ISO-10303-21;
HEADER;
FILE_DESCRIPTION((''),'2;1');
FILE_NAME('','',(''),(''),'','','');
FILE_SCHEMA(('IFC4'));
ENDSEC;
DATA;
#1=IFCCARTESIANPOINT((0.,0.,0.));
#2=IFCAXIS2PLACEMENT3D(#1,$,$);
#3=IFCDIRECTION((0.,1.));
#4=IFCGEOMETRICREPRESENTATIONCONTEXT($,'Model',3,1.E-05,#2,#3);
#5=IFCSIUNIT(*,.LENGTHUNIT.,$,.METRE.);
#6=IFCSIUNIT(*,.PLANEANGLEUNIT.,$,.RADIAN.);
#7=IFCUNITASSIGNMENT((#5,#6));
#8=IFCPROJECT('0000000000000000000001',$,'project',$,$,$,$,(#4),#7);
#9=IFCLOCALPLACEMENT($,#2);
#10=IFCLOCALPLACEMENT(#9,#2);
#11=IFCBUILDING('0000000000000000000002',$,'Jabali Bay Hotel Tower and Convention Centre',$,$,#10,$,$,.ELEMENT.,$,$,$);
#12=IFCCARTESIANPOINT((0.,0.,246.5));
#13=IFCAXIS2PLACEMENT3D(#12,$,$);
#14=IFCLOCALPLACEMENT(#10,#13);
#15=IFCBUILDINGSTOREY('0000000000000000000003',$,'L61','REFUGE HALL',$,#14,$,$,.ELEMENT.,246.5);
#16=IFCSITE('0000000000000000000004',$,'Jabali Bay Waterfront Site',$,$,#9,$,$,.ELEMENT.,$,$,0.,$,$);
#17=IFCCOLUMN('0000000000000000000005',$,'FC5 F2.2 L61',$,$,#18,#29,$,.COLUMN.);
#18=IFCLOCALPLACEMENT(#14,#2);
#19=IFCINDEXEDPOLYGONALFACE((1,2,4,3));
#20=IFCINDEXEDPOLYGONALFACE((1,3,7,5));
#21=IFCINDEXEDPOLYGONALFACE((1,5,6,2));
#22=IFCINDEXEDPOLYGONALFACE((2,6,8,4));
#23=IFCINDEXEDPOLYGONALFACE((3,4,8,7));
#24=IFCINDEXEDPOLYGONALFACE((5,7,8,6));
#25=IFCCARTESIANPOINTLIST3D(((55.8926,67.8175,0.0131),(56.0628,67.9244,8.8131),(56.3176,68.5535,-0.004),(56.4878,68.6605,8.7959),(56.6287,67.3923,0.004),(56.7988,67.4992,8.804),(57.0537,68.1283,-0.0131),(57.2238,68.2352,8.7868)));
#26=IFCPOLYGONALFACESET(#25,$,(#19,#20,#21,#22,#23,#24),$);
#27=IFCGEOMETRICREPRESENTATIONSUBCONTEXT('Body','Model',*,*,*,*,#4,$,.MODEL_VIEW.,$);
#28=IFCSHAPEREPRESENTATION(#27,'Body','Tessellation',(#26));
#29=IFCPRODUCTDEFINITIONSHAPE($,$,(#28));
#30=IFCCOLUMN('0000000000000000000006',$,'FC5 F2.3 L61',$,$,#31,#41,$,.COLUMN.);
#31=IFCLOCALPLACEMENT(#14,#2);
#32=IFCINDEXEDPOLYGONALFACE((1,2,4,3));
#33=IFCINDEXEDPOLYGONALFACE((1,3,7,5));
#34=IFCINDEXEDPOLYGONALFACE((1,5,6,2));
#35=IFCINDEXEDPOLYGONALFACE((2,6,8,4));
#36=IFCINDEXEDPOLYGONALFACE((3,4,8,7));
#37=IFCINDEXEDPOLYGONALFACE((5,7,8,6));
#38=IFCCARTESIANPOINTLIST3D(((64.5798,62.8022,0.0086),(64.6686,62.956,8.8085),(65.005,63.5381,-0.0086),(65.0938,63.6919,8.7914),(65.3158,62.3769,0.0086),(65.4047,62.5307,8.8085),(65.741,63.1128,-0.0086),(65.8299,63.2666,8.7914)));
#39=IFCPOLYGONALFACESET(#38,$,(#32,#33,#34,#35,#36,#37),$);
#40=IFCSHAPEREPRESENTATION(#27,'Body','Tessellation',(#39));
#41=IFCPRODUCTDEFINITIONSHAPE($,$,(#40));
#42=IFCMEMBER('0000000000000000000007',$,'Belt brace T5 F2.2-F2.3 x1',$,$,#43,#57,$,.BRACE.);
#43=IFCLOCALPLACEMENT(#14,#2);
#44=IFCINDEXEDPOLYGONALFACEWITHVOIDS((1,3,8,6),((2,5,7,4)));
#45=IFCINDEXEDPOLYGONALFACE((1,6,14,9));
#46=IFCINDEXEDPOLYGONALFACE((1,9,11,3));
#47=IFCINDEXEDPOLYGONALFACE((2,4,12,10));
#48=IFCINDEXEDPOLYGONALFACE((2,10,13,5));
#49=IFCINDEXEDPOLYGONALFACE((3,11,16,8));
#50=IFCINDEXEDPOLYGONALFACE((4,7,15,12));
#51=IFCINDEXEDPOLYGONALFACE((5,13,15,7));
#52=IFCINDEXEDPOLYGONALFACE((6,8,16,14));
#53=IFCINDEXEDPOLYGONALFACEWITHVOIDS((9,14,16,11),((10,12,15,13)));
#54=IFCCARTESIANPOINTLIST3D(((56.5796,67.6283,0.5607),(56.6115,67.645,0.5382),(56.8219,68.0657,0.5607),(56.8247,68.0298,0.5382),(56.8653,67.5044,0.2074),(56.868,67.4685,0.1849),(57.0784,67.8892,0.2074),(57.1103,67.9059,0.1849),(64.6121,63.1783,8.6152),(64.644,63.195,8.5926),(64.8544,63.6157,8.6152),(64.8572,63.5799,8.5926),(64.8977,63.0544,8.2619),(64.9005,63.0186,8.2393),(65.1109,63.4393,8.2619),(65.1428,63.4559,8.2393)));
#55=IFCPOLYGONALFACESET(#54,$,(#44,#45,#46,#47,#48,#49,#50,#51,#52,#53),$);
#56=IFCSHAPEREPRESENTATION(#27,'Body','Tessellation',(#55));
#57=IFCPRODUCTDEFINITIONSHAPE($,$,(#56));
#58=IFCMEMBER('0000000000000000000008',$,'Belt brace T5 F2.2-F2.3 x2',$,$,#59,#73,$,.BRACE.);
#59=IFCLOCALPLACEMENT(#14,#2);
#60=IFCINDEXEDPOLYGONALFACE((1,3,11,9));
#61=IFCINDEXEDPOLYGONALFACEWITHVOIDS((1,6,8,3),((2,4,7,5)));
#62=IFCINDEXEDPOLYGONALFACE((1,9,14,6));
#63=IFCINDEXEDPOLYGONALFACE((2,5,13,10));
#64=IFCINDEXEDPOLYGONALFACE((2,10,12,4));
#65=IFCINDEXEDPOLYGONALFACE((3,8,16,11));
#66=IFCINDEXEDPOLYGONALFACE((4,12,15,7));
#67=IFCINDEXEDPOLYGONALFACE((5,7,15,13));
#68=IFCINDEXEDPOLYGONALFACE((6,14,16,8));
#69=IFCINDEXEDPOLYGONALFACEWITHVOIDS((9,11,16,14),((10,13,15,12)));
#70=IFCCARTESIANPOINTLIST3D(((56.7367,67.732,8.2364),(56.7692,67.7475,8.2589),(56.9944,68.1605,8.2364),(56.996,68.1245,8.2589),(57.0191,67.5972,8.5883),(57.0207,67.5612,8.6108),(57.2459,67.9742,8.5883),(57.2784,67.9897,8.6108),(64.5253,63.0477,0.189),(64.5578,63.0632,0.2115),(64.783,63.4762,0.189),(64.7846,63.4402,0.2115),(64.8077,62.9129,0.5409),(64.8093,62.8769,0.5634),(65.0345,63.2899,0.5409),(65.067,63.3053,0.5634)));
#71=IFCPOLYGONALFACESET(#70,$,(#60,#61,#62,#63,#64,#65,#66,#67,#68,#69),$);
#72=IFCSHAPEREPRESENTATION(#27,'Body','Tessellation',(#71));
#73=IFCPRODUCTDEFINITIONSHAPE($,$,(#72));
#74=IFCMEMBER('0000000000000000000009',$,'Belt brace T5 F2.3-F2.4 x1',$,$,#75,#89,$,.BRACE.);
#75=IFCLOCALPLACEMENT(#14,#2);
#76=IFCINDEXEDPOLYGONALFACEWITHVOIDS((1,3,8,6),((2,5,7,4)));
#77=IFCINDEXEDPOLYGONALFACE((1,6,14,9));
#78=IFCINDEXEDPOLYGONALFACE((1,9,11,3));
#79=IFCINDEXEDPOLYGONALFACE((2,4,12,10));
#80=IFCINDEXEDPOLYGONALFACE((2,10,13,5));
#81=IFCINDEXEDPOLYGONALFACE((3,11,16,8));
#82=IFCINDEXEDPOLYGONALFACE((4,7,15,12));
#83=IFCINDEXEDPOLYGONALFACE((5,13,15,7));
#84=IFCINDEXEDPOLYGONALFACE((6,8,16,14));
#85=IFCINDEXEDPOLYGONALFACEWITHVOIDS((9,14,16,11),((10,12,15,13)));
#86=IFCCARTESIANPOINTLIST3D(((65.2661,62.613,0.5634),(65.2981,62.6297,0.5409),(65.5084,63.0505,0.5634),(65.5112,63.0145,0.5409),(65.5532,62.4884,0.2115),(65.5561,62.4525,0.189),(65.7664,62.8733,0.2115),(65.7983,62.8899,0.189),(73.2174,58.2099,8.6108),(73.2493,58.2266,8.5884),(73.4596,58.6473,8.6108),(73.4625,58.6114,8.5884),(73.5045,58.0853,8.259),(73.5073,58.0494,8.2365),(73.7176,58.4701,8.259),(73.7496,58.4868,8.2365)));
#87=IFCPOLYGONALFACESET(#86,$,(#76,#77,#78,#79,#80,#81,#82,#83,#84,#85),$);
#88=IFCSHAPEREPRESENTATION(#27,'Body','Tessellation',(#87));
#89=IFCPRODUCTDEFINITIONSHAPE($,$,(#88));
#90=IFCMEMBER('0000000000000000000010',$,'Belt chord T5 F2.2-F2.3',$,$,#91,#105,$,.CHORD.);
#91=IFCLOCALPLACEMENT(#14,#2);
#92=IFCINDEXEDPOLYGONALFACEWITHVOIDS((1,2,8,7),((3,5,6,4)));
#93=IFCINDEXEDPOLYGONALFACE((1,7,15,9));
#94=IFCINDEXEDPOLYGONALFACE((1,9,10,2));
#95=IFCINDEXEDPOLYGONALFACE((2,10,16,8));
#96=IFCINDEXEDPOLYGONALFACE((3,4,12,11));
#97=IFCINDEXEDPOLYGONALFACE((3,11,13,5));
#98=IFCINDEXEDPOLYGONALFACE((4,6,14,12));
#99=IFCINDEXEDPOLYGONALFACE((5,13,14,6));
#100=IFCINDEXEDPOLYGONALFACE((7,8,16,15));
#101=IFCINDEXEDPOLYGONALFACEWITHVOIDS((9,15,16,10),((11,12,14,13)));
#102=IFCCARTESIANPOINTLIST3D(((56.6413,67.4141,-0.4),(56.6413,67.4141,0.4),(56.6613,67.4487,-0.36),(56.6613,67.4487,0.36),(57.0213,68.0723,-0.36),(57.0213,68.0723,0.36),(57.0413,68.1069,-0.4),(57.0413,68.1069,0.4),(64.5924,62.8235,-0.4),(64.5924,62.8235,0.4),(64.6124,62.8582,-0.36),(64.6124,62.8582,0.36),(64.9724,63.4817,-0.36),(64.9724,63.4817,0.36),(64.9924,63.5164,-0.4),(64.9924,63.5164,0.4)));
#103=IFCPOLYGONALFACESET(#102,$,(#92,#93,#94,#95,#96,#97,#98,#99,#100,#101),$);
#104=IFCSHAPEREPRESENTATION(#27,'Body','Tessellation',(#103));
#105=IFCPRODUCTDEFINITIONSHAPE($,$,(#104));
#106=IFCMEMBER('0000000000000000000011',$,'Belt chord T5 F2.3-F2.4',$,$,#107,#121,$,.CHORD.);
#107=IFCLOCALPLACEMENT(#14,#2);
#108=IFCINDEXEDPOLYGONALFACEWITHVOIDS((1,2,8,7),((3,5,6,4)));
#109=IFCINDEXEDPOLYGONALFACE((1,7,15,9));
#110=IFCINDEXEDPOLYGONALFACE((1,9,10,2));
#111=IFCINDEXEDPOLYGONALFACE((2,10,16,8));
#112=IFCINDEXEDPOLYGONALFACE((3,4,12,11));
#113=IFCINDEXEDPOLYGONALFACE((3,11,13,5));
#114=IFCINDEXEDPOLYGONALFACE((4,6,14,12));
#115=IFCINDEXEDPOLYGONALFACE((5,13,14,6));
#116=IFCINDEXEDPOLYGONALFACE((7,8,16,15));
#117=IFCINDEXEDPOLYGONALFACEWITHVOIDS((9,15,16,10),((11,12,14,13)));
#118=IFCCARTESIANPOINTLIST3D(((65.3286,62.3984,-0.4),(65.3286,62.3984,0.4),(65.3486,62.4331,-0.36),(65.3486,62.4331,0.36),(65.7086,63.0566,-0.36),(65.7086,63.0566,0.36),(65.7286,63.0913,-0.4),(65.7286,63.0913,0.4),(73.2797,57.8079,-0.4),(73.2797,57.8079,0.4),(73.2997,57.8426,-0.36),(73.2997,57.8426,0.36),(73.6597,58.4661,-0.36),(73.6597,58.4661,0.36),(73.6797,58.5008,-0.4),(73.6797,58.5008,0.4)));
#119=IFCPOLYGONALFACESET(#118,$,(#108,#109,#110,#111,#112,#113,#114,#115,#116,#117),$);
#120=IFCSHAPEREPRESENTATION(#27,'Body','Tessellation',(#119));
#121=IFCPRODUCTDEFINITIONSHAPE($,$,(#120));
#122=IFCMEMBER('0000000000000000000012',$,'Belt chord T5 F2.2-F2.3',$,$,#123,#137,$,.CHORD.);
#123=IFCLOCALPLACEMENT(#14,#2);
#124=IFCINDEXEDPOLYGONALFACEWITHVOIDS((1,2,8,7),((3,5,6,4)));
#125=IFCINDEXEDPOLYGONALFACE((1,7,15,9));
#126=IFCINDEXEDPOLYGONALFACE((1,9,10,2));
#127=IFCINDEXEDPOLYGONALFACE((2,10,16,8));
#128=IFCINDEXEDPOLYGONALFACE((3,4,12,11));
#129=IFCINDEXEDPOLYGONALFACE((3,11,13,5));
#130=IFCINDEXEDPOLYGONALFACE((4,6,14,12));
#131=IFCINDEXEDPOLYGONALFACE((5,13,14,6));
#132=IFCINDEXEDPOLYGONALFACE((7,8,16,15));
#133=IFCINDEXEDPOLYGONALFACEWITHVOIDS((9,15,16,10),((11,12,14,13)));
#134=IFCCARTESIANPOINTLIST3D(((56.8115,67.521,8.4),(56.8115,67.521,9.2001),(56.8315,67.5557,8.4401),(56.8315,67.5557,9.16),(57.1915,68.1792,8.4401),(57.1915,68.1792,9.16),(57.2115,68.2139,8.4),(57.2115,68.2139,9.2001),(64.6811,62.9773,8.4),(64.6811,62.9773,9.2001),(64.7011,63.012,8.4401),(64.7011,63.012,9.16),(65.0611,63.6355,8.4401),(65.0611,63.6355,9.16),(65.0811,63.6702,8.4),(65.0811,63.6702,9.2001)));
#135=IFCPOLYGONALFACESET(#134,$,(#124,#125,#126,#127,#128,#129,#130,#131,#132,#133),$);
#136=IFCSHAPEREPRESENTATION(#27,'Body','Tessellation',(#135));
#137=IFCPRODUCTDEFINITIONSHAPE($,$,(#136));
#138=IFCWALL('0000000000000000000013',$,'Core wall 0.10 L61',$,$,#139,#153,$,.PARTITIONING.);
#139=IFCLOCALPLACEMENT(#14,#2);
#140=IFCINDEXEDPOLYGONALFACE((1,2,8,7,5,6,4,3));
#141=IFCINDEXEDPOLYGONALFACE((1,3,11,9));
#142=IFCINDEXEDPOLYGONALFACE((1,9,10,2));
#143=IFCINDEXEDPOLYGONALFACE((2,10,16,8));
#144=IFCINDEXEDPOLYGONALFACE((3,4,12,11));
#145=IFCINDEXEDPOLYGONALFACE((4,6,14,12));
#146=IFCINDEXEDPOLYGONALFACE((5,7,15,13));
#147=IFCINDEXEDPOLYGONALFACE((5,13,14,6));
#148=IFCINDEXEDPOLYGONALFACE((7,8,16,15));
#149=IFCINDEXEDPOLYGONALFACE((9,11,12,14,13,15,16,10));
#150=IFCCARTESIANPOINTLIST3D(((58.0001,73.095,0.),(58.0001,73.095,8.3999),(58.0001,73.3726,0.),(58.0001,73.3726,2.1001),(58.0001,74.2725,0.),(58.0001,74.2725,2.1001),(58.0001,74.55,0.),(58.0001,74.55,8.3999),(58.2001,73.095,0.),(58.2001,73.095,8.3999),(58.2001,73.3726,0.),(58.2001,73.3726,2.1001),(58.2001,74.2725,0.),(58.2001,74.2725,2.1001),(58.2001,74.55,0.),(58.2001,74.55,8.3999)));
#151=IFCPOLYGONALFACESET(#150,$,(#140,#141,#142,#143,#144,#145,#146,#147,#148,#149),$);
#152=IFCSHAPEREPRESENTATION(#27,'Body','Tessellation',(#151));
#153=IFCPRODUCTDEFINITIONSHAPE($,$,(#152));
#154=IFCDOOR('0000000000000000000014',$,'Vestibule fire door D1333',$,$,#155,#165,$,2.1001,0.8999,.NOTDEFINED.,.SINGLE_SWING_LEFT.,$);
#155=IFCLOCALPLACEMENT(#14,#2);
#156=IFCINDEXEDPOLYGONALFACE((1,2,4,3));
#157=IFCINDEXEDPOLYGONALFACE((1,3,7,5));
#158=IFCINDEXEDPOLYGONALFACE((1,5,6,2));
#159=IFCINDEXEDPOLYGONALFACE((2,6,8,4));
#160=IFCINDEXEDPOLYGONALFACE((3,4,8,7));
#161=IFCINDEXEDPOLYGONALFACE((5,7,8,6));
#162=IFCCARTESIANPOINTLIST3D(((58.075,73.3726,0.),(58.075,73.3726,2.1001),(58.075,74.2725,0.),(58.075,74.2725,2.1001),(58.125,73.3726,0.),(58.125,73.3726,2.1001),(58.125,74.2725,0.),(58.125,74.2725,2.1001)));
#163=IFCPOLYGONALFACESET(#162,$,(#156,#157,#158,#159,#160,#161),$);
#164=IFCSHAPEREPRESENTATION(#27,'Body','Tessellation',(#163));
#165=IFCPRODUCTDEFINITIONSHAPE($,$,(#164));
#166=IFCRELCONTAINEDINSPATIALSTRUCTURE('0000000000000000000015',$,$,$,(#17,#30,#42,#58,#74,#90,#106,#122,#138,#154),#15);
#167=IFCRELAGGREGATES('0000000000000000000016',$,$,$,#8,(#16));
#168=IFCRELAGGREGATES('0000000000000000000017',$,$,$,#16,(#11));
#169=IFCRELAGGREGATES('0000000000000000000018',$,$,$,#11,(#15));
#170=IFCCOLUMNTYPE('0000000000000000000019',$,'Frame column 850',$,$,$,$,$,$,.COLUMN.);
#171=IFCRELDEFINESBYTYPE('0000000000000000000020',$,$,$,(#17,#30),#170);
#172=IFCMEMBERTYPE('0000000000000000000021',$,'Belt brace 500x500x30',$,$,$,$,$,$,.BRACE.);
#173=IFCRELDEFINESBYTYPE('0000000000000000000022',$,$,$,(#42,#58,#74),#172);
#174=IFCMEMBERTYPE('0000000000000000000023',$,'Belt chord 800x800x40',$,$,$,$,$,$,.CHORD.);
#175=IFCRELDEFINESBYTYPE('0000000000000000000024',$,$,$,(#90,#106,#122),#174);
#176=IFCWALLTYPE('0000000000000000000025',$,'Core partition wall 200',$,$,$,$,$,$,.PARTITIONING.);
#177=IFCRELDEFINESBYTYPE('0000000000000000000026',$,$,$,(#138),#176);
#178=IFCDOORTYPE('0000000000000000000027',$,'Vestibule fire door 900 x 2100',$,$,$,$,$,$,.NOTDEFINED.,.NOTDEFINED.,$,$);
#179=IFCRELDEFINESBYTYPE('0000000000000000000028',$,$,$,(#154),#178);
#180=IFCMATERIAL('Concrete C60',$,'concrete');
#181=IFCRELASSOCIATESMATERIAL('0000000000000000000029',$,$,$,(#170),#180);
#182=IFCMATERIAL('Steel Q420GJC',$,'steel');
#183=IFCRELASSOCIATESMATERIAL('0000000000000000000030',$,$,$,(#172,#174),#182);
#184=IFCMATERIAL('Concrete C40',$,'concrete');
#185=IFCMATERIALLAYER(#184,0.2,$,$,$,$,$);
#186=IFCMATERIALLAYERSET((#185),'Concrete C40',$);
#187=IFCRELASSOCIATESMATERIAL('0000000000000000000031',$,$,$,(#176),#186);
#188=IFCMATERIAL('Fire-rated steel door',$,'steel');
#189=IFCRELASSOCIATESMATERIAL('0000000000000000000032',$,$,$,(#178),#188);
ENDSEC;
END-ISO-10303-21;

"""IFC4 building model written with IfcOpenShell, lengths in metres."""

from ifc_helpers import new_model, si_unit, direction, frame, frame_2d, origin, origin_2d, place, context, subcontext, project, spatial, rectangle, hollow_rectangle, extrude, material, layer, layer_set, material_profile, profile_set, type_object, element, fill, save


model = new_model("IFC4")

# Units and contexts
model_context = context("Model", 3, precision=1e-05, world=origin(), true_north=direction((0.0, 1.0)))
body_context = subcontext(model_context, "Body", "Model", "MODEL_VIEW")
ifc_project = project(units=[si_unit("LENGTHUNIT", "METRE"), si_unit("PLANEANGLEUNIT", "RADIAN")], contexts=[model_context])

# Site, building, storey
site_placement = place(None, origin())
site = spatial("IfcSite", under=ifc_project, at=site_placement, Name="Jabali Bay Waterfront Site", CompositionType="ELEMENT", RefElevation=0.0)
building_placement = place(site_placement, origin())
building = spatial("IfcBuilding", under=site, at=building_placement, Name="Jabali Bay Hotel Tower and Convention Centre", CompositionType="ELEMENT")
storey_placement = place(building_placement, frame((0.0, 0.0, 246.5)))
storey = spatial("IfcBuildingStorey", under=building, at=storey_placement, Name="L61", Description="REFUGE HALL", CompositionType="ELEMENT", Elevation=246.5)

# Columns
ifc_material_1 = material(Name="Concrete C60", Category="concrete")
ifc_material_profile_1 = material_profile(ifc_material_1, rectangle(XDim=0.8501, YDim=0.8501, at=origin_2d()), Name="Frame column 850")
ifc_profile_set_1 = profile_set([ifc_material_profile_1], Name="Concrete C60")
column_type = type_object("IfcColumnType", Name="Frame column 850", PredefinedType="COLUMN", material=ifc_profile_set_1)
column_1_placement = place(storey_placement, frame((56.4731, 67.9729, 0.0), z_axis=(0.019332, 0.012148, 0.999739), x_axis=(-0.86584, 0.500207, 0.010664)))
element("IfcColumn", 1, at=column_1_placement, inside=storey, type_object=column_type, Name="FC5 F2.2 L61", PredefinedType="COLUMN", context=body_context, shape_type="SweptSolid", body=[
    extrude(rectangle(XDim=0.8501, YDim=0.8501, at=origin_2d()), origin(), (0.0, 0.0, 1.0), 8.8022),
])
column_2_placement = place(storey_placement, frame((65.1604, 62.9575, 0.0), z_axis=(0.010096, 0.017475, 0.999796), x_axis=(-0.865867, 0.500274, 0.0)))
element("IfcColumn", 2, at=column_2_placement, inside=storey, type_object=column_type, Name="FC5 F2.3 L61", PredefinedType="COLUMN", context=body_context, shape_type="SweptSolid", body=[
    extrude(rectangle(XDim=0.8501, YDim=0.8501, at=origin_2d()), origin(), (0.0, 0.0, 1.0), 8.8018),
])

# Members
ifc_material_2 = material(Name="Steel Q420GJC", Category="steel")
ifc_material_profile_2 = material_profile(ifc_material_2, hollow_rectangle(XDim=0.5, YDim=0.5, WallThickness=0.03, at=origin_2d()), Name="Belt brace 500x500x30")
ifc_profile_set_2 = profile_set([ifc_material_profile_2], Name="Steel Q420GJC")
member_type_1 = type_object("IfcMemberType", Name="Belt brace 500x500x30", PredefinedType="BRACE", material=ifc_profile_set_2)
member_1_placement = place(storey_placement, frame((56.845, 67.7671, 0.3728), z_axis=(0.657612, -0.364314, 0.659411), x_axis=(0.4846, 0.874736, 0.0)))
element("IfcMember", 3, at=member_1_placement, inside=storey, type_object=member_type_1, Name="Belt brace T5 F2.2-F2.3 x1", PredefinedType="BRACE", context=body_context, shape_type="SweptSolid", body=[
    extrude(hollow_rectangle(XDim=0.5, YDim=0.5, WallThickness=0.03, at=origin_2d()), origin(), (0.0, 0.0, 1.0), 12.2146),
])
member_2_placement = place(storey_placement, frame((64.7961, 63.1765, 0.3762), z_axis=(-0.641595, 0.385878, 0.662913), x_axis=(-0.5154, -0.85695, 0.0)))
element("IfcMember", 4, at=member_2_placement, inside=storey, type_object=member_type_1, Name="Belt brace T5 F2.2-F2.3 x2", PredefinedType="BRACE", context=body_context, shape_type="SweptSolid", body=[
    extrude(hollow_rectangle(XDim=0.5, YDim=0.5, WallThickness=0.03, at=origin_2d()), origin(), (0.0, 0.0, 1.0), 12.1394),
])
member_3_placement = place(storey_placement, frame((65.5322, 62.7515, 0.3762), z_axis=(0.654982, -0.362706, 0.662905), x_axis=(0.484445, 0.874822, 0.0)))
element("IfcMember", 5, at=member_3_placement, inside=storey, type_object=member_type_1, Name="Belt brace T5 F2.3-F2.4 x1", PredefinedType="BRACE", context=body_context, shape_type="SweptSolid", body=[
    extrude(hollow_rectangle(XDim=0.5, YDim=0.5, WallThickness=0.03, at=origin_2d()), origin(), (0.0, 0.0, 1.0), 12.1396),
])
ifc_material_profile_3 = material_profile(ifc_material_2, hollow_rectangle(XDim=0.8, YDim=0.8, WallThickness=0.04, at=origin_2d()), Name="Belt chord 800x800x40")
ifc_profile_set_3 = profile_set([ifc_material_profile_3], Name="Steel Q420GJC")
member_type_2 = type_object("IfcMemberType", Name="Belt chord 800x800x40", PredefinedType="CHORD", material=ifc_profile_set_3)
for number, where, z_axis, x_axis, name in (
    (6, (56.8413, 67.7605, 0.0), (0.866027, -0.499997, 0.0), (0.499997, 0.866027, 0.0), "Belt chord T5 F2.2-F2.3"),
    (7, (65.5286, 62.7449, 0.0), (0.866027, -0.499997, 0.0), (0.499997, 0.866027, 0.0), "Belt chord T5 F2.3-F2.4"),
):
    element("IfcMember", number, at=place(storey_placement, frame(where, z_axis=z_axis, x_axis=x_axis)), inside=storey, type_object=member_type_2, Name=name, PredefinedType="CHORD", context=body_context, shape_type="SweptSolid", body=[
        extrude(hollow_rectangle(XDim=0.8, YDim=0.8, WallThickness=0.04, at=origin_2d()), origin(), (0.0, 0.0, 1.0), 9.1812),
    ])
member_4_placement = place(storey_placement, frame((57.0115, 67.8674, 8.8), z_axis=(0.866017, -0.500014, 0.0), x_axis=(0.500014, 0.866017, 0.0)))
element("IfcMember", 8, at=member_4_placement, inside=storey, type_object=member_type_2, Name="Belt chord T5 F2.2-F2.3", PredefinedType="CHORD", context=body_context, shape_type="SweptSolid", body=[
    extrude(hollow_rectangle(XDim=0.8, YDim=0.8, WallThickness=0.04, at=origin_2d()), origin(), (0.0, 0.0, 1.0), 9.0872),
])

# Wall, opening, door
ifc_material_3 = material(Name="Concrete C40", Category="concrete")
ifc_layer_1 = layer(ifc_material_3, 0.2)
ifc_layer_set_1 = layer_set([ifc_layer_1], Name="Concrete C40")
wall_type_1 = type_object("IfcWallType", Name="Core partition wall 200", PredefinedType="PARTITIONING", material=ifc_layer_set_1)
wall_1_placement = place(storey_placement, frame((58.1001, 74.55, 0.0), z_axis=(0.0, 0.0, 1.0), x_axis=(0.0, -1.0, 0.0)))
wall_1 = element("IfcWall", 9, at=wall_1_placement, inside=storey, type_object=wall_type_1, Name="Core wall 0.10 L61", PredefinedType="PARTITIONING", context=body_context, shape_type="SweptSolid", body=[
    extrude(rectangle(XDim=1.4551, YDim=0.2, at=frame_2d((0.7275, 0.0))), origin(), (0.0, 0.0, 1.0), 8.3999),
])
opening_1_placement = place(wall_1_placement, frame((0.2776, 0.0, 0.0)))
opening_1 = element("IfcOpeningElement", 10, at=opening_1_placement, cuts=wall_1, PredefinedType="OPENING", context=body_context, shape_type="SweptSolid", body=[
    extrude(rectangle(XDim=0.8999, YDim=2.1001, at=frame_2d((0.45, 1.05))), frame((0.0, 0.1104, 0.0), z_axis=(0.0, -1.0, 0.0), x_axis=(1.0, 0.0, 0.0)), (0.0, 0.0, 1.0), 0.2209),
])
ifc_material_4 = material(Name="Fire-rated steel door", Category="steel")
door_type_1 = type_object("IfcDoorType", Name="Vestibule fire door 900 x 2100", OperationType="NOTDEFINED", PredefinedType="NOTDEFINED", material=ifc_material_4)
door_1_placement = place(opening_1_placement, origin())
door_1 = element("IfcDoor", 11, at=door_1_placement, inside=storey, type_object=door_type_1, Name="Vestibule fire door D1333", OperationType="SINGLE_SWING_LEFT", OverallHeight=2.1001, OverallWidth=0.8999, PredefinedType="NOTDEFINED", context=body_context, shape_type="SweptSolid", body=[
    extrude(rectangle(XDim=0.8999, YDim=2.1001, at=frame_2d((0.45, 1.05))), frame((0.0, 0.0249, 0.0), z_axis=(0.0, -1.0, 0.0), x_axis=(1.0, 0.0, 0.0)), (0.0, 0.0, 1.0), 0.05),
])
fill(opening_1, door_1)

save(model, "model.ifc")
